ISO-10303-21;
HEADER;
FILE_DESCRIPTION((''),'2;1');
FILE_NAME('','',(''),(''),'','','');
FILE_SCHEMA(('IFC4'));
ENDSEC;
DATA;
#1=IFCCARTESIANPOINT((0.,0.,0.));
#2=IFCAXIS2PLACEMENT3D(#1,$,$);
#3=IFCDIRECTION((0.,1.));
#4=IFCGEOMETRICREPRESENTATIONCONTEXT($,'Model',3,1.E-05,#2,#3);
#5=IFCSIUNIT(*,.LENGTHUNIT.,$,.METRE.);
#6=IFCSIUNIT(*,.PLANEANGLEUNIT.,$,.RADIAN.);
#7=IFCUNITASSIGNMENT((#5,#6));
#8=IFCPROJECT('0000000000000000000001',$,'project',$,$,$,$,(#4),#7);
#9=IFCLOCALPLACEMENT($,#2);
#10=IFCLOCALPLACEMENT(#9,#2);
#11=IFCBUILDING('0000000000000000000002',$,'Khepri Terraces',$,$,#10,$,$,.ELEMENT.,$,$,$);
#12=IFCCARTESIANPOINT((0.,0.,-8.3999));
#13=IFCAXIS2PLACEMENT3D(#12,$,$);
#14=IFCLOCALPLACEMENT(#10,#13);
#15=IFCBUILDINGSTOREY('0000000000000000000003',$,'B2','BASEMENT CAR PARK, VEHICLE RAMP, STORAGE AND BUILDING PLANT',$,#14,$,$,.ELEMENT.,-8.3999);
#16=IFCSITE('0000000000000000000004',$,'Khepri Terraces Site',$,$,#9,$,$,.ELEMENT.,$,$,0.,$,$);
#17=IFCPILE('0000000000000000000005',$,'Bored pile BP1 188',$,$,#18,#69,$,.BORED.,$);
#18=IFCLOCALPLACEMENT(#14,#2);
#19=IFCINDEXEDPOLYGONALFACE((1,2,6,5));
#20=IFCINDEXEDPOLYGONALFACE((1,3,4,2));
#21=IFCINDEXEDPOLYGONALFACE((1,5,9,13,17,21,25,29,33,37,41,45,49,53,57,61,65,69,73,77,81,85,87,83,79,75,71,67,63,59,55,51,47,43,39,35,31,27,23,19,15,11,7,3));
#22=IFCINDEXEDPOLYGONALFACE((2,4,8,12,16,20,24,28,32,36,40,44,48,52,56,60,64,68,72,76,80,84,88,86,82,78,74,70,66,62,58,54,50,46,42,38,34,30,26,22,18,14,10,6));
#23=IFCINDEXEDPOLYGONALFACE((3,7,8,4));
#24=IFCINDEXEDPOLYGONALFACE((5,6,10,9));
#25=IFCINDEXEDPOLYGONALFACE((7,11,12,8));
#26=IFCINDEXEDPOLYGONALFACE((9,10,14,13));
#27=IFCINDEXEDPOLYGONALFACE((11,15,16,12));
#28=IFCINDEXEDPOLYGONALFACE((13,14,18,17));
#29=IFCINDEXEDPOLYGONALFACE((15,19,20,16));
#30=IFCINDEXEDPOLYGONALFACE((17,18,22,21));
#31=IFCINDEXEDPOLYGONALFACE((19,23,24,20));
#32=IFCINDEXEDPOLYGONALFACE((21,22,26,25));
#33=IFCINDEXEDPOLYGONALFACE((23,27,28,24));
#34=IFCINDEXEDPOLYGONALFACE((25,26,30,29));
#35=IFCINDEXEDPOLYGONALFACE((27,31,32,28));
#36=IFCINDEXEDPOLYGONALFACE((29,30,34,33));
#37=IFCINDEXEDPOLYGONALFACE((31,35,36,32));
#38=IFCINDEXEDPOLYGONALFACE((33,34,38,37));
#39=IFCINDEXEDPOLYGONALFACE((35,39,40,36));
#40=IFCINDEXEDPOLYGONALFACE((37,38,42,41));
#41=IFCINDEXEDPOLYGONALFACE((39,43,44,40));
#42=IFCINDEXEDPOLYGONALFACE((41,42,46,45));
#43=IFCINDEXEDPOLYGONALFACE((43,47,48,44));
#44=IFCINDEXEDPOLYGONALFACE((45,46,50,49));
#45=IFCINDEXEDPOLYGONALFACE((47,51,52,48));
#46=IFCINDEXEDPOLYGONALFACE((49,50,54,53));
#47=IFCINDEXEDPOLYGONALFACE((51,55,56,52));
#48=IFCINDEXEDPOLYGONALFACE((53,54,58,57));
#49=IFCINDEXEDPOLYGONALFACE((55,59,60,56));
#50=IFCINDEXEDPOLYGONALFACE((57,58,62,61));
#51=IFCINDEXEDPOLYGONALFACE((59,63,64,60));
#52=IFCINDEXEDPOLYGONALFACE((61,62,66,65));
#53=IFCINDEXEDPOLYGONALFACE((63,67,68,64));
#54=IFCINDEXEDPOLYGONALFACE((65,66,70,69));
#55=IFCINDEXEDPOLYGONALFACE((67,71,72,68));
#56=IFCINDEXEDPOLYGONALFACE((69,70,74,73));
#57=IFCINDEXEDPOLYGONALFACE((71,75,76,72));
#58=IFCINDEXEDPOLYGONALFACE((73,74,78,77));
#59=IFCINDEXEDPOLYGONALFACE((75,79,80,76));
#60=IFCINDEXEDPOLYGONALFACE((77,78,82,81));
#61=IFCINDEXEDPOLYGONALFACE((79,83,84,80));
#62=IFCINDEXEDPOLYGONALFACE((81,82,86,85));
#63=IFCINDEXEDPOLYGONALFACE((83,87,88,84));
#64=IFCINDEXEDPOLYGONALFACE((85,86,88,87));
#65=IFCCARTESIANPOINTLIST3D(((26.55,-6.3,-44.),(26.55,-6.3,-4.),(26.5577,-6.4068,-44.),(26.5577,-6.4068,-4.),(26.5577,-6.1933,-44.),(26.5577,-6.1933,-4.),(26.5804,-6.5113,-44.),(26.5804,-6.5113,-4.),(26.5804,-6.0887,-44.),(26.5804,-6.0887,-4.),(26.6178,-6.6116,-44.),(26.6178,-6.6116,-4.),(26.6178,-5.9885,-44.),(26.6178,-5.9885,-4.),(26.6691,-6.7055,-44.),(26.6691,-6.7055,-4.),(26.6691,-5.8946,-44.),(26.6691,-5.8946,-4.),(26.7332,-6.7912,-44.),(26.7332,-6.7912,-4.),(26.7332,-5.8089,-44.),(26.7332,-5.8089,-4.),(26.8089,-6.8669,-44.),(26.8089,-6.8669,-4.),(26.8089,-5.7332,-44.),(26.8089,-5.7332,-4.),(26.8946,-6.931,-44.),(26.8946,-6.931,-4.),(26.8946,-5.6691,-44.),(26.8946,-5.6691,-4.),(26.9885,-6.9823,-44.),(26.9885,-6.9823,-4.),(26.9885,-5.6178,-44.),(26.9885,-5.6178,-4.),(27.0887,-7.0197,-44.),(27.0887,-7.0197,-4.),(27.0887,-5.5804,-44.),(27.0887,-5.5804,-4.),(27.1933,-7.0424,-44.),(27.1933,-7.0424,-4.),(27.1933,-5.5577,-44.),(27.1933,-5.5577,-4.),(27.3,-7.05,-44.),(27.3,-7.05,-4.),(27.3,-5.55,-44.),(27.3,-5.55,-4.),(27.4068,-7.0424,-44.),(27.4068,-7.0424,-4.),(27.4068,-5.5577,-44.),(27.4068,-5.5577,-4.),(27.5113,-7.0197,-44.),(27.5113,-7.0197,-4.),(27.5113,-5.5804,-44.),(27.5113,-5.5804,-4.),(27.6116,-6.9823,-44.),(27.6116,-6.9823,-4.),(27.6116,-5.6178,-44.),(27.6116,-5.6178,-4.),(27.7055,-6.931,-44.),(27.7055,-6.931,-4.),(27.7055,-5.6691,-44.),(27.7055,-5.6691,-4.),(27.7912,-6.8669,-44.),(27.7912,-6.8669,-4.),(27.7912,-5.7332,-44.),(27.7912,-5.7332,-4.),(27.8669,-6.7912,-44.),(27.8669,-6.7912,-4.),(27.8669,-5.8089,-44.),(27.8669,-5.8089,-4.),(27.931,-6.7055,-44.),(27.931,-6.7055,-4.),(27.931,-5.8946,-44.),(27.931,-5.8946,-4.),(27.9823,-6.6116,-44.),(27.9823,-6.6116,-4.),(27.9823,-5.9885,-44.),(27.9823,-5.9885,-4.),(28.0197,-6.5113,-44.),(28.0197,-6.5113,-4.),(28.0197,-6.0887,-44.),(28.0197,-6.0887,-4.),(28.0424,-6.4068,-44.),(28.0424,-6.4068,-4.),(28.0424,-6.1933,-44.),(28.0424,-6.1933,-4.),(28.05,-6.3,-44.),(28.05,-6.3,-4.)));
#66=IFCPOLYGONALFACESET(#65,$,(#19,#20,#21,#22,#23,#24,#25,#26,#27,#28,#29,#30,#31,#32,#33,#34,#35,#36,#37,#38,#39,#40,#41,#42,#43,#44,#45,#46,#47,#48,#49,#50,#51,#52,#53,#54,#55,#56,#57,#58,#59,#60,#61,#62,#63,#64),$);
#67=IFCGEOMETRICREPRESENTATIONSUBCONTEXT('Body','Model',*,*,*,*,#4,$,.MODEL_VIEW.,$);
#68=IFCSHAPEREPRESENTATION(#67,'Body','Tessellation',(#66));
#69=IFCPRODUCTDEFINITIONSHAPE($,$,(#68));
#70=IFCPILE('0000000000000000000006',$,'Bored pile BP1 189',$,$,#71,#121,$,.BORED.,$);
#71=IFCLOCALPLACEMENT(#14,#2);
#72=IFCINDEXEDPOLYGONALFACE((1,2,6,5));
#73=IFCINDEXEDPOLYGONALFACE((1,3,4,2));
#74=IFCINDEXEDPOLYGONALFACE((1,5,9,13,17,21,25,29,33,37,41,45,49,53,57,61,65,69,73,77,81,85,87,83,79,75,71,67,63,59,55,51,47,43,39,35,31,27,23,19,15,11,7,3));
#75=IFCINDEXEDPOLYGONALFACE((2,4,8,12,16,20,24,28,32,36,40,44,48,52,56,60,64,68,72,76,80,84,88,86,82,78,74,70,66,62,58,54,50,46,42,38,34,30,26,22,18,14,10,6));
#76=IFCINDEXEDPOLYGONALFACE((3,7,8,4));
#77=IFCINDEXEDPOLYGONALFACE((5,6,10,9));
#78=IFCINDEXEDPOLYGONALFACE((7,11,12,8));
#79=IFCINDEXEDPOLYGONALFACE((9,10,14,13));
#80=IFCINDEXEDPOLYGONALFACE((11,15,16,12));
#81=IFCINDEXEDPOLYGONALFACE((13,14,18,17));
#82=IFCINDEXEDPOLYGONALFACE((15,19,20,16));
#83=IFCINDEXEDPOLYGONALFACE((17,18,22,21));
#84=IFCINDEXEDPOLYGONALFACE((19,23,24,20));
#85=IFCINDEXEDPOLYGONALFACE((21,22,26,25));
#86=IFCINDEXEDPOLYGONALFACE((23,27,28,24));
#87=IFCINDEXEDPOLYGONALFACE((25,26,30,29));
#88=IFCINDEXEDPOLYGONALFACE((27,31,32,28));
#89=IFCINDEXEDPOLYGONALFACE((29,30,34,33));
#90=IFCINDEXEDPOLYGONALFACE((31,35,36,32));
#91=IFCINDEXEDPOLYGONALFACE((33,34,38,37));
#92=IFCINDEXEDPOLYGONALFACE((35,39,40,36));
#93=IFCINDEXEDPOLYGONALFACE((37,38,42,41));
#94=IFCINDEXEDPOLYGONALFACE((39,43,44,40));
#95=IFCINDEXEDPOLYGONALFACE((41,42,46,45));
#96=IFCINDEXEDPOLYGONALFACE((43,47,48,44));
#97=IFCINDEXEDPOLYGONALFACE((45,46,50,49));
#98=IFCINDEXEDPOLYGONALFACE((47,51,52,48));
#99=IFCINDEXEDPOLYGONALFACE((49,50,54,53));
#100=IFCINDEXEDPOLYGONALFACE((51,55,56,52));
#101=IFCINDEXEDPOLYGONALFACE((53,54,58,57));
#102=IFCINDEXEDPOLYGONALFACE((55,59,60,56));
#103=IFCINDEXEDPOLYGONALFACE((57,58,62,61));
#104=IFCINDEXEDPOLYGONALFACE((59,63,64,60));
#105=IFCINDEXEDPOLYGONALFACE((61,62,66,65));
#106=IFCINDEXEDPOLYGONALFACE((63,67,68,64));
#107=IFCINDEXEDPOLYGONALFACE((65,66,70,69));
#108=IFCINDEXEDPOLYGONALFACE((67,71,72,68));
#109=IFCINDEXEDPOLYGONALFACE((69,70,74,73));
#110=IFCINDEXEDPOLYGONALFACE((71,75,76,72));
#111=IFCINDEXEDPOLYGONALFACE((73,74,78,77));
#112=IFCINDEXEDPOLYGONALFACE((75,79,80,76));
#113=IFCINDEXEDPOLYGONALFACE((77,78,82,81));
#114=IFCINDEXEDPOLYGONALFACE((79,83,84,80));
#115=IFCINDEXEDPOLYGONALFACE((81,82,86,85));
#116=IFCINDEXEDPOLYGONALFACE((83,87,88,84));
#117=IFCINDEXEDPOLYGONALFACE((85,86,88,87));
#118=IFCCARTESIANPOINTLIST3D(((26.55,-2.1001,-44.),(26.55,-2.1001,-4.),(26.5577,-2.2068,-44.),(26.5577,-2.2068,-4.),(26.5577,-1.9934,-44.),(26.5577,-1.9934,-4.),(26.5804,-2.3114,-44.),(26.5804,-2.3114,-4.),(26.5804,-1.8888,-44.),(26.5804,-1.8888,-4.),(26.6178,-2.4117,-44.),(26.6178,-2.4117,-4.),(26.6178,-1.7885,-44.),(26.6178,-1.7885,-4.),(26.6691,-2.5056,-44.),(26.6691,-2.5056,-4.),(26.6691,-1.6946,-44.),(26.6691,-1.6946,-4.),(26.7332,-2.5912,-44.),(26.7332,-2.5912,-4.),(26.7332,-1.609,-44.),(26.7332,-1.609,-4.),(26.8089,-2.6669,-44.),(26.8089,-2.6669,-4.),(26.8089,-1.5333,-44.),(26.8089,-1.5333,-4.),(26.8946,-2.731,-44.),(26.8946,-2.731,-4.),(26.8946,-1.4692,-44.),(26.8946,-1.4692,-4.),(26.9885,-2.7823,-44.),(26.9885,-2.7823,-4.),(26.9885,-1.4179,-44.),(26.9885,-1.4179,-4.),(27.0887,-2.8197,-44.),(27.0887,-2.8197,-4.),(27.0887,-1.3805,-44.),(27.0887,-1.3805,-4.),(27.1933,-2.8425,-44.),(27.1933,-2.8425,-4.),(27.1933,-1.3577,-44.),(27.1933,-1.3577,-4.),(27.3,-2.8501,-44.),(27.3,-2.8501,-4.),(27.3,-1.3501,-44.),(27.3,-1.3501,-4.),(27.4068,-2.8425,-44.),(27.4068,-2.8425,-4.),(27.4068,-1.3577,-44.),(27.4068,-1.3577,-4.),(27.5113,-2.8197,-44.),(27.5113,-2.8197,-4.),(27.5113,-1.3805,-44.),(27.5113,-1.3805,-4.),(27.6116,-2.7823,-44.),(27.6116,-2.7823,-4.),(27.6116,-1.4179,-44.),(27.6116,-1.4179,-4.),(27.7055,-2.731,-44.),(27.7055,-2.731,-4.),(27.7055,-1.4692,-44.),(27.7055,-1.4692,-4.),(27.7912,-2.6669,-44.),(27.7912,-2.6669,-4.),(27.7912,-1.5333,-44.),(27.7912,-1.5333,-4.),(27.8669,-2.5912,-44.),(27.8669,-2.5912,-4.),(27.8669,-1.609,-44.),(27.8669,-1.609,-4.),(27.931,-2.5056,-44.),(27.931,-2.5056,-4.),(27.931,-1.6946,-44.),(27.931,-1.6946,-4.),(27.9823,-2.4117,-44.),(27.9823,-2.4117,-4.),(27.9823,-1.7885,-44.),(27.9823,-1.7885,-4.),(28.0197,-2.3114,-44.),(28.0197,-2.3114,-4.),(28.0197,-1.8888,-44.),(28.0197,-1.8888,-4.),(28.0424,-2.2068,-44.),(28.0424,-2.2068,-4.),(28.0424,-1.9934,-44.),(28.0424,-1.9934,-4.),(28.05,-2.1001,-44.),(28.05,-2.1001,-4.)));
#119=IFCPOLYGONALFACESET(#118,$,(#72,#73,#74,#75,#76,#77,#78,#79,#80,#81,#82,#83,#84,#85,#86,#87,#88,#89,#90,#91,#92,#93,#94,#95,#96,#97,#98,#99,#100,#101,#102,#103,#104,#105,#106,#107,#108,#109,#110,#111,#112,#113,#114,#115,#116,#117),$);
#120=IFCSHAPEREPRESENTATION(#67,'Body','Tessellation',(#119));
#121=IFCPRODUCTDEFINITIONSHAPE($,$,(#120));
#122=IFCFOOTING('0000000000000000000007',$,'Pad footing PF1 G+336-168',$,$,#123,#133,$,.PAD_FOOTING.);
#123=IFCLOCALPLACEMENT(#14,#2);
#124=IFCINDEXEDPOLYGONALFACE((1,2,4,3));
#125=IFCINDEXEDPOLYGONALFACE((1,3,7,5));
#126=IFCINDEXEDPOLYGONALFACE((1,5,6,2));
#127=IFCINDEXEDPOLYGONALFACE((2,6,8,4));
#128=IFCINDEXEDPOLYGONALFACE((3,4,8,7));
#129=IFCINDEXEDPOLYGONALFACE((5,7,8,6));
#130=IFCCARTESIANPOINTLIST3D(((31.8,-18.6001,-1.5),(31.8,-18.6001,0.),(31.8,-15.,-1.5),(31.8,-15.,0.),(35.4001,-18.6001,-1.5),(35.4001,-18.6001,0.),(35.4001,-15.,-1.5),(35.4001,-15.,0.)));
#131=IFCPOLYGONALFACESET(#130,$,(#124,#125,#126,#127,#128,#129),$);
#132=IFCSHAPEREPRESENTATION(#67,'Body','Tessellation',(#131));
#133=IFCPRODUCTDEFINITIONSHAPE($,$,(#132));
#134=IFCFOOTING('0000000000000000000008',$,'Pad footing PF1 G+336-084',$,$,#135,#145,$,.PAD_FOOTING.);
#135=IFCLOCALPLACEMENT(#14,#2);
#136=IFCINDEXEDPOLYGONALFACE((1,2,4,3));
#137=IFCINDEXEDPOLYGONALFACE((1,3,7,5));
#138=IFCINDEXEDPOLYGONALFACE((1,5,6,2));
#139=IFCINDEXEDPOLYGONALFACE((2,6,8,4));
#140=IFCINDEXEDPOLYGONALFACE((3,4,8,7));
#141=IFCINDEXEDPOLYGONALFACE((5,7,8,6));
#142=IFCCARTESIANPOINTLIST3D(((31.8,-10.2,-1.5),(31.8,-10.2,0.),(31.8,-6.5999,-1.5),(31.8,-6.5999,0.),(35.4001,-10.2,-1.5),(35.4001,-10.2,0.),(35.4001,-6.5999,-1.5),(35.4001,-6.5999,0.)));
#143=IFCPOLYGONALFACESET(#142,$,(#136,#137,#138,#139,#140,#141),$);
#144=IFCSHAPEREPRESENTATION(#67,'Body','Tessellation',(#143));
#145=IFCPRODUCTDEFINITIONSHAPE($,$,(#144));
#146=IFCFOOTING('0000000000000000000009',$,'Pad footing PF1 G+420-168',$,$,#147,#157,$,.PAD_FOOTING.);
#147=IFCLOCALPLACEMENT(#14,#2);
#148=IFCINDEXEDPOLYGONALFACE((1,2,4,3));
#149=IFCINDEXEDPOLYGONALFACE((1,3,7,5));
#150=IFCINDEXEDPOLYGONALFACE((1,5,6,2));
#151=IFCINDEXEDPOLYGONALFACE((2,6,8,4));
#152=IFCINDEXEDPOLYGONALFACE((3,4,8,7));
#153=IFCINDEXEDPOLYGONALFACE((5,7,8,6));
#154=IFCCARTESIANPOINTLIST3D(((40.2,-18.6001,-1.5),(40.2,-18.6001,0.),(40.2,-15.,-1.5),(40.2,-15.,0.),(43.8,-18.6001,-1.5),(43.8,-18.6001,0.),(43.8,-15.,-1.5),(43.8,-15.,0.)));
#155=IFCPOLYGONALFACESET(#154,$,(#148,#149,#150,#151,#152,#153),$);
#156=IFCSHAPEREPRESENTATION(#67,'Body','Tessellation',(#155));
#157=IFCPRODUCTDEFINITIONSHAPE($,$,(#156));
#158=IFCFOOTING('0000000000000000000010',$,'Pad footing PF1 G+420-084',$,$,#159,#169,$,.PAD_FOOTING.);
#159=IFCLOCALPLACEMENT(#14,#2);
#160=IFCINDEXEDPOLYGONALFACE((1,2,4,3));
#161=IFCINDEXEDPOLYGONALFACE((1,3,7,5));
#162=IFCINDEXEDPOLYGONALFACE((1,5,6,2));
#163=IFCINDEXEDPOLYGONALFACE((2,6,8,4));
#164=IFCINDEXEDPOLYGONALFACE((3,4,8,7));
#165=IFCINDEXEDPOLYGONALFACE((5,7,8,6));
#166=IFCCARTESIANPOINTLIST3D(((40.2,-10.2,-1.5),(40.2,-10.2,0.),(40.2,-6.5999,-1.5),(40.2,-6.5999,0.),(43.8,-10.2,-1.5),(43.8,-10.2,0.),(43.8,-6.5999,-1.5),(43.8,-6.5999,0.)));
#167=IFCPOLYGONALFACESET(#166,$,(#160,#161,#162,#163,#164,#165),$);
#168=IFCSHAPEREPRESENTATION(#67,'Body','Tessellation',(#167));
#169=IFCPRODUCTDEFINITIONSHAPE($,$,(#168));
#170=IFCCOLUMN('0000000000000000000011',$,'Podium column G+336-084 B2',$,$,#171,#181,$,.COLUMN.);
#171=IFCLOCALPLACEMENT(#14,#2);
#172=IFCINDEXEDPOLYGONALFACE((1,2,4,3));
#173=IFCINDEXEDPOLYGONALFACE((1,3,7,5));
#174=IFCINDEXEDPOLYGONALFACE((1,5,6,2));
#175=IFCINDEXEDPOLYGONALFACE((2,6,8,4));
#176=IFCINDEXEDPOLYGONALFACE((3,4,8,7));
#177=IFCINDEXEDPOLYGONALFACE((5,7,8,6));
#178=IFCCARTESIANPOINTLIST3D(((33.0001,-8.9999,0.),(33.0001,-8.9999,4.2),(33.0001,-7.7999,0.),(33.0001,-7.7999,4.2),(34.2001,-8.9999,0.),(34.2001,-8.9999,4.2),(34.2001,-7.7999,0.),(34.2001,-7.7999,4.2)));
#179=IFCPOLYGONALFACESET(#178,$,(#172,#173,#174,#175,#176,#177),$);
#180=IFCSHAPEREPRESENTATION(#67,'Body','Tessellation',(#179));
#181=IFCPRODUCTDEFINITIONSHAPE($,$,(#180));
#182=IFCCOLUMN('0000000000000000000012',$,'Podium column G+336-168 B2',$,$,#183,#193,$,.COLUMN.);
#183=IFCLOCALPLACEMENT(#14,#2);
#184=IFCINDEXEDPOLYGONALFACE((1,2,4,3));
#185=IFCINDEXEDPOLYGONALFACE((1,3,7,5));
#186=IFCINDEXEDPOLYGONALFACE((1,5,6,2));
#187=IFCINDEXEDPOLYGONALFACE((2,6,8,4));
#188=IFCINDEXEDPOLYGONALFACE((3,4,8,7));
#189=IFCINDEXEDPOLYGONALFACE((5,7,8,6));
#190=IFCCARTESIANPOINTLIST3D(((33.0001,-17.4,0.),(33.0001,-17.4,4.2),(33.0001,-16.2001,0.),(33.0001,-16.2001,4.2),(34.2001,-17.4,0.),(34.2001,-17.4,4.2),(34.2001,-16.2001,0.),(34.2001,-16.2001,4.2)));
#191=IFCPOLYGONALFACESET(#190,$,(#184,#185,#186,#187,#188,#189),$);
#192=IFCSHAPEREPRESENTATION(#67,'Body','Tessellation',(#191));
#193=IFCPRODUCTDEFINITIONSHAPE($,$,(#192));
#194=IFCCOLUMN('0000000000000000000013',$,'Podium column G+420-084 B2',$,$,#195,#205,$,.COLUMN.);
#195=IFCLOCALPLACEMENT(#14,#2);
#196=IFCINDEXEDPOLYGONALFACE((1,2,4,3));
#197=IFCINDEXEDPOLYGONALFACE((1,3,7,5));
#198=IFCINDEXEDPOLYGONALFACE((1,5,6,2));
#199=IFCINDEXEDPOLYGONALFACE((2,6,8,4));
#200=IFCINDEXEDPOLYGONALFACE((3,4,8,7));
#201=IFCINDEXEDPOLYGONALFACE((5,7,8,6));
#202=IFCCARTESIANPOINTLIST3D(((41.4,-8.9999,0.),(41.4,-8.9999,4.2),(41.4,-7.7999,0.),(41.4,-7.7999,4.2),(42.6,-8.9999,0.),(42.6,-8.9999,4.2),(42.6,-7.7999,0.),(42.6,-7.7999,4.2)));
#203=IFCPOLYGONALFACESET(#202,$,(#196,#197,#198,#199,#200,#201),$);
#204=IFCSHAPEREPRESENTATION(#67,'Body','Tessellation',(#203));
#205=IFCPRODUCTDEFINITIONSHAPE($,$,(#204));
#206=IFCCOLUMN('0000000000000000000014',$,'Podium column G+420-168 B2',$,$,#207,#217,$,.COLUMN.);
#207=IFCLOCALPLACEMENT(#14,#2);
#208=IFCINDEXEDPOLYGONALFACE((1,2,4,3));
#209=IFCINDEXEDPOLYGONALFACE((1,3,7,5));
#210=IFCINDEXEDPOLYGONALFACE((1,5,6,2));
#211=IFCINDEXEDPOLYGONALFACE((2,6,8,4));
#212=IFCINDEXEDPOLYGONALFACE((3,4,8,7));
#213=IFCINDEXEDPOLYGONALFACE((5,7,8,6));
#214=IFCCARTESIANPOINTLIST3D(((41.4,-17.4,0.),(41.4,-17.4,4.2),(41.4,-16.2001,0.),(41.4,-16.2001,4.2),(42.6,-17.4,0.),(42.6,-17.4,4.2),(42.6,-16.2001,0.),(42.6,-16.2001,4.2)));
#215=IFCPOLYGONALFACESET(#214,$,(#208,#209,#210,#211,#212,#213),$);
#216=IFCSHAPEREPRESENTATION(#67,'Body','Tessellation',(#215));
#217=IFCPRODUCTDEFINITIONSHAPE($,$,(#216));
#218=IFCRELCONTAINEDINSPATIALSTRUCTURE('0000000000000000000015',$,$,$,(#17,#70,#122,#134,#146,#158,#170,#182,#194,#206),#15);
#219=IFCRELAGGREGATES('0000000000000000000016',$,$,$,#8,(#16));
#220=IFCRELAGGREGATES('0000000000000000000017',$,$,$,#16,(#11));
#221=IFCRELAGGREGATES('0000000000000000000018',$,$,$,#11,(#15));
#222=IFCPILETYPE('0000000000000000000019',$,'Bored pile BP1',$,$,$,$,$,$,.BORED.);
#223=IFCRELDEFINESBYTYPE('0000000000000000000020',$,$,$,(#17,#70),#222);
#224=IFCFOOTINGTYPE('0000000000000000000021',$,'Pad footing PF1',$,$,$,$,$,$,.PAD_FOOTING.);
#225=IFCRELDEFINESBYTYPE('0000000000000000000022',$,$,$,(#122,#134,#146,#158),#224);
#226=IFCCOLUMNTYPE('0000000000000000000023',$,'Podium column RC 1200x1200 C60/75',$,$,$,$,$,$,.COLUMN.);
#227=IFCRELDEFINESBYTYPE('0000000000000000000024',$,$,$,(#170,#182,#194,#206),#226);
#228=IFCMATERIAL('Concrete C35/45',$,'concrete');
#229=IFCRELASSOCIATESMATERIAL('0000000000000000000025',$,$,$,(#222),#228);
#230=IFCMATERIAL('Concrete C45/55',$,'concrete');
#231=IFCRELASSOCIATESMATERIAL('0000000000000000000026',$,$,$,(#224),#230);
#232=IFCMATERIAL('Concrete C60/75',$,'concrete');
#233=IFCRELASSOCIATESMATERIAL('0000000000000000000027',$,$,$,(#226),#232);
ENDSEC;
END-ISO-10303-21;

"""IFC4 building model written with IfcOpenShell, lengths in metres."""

from ifc_helpers import new_model, si_unit, direction, frame, origin, origin_2d, place, context, subcontext, project, spatial, rectangle, circle, extrude, material, material_profile, profile_set, type_object, element, save


model = new_model("IFC4")

# Units and contexts
model_context = context("Model", 3, precision=1e-05, world=origin(), true_north=direction((0.0, 1.0)))
body_context = subcontext(model_context, "Body", "Model", "MODEL_VIEW")
ifc_project = project(units=[si_unit("LENGTHUNIT", "METRE"), si_unit("PLANEANGLEUNIT", "RADIAN")], contexts=[model_context])

# Site, building, storey
site_placement = place(None, origin())
site = spatial("IfcSite", under=ifc_project, at=site_placement, Name="Khepri Terraces Site", CompositionType="ELEMENT", RefElevation=0.0)
building_placement = place(site_placement, origin())
building = spatial("IfcBuilding", under=site, at=building_placement, Name="Khepri Terraces", CompositionType="ELEMENT")
storey_placement = place(building_placement, frame((0.0, 0.0, -8.3999)))
storey = spatial("IfcBuildingStorey", under=building, at=storey_placement, Name="B2", Description="BASEMENT CAR PARK, VEHICLE RAMP, STORAGE AND BUILDING PLANT", CompositionType="ELEMENT", Elevation=-8.3999)

# Piles
ifc_material_1 = material(Name="Concrete C35/45", Category="concrete")
ifc_material_profile_1 = material_profile(ifc_material_1, circle(Radius=0.75, at=origin_2d()), Name="Concrete C35/45", Category="concrete")
ifc_profile_set_1 = profile_set([ifc_material_profile_1], Name="Concrete C35/45")
pile_type = type_object("IfcPileType", Name="Bored pile BP1", PredefinedType="BORED", material=ifc_profile_set_1)
for number, where, z_axis, x_axis, name in (
    (1, (27.3, -6.3, -4.0), (0.0, 0.0, -1.0), (1.0, 0.0, 0.0), "Bored pile BP1 188"),
    (2, (27.3, -2.1001, -4.0), (0.0, 0.0, -1.0), (1.0, 0.0, 0.0), "Bored pile BP1 189"),
):
    element("IfcPile", number, at=place(storey_placement, frame(where, z_axis=z_axis, x_axis=x_axis)), inside=storey, type_object=pile_type, Name=name, PredefinedType="BORED", context=body_context, shape_type="SweptSolid", body=[
        extrude(circle(Radius=0.75, at=origin_2d()), origin(), (0.0, 0.0, 1.0), 40.0),
    ])

# Footings
ifc_material_2 = material(Name="Concrete C45/55", Category="concrete")
footing_type = type_object("IfcFootingType", Name="Pad footing PF1", PredefinedType="PAD_FOOTING", material=ifc_material_2)
for number, where, z_axis, x_axis, name in (
    (3, (33.6001, -16.8, -1.5), (0.0, 0.0, 1.0), (1.0, 0.0, 0.0), "Pad footing PF1 G+336-168"),
    (4, (33.6001, -8.3999, -1.5), (0.0, 0.0, 1.0), (1.0, 0.0, 0.0), "Pad footing PF1 G+336-084"),
    (5, (42.0, -16.8, -1.5), (0.0, 0.0, 1.0), (1.0, 0.0, 0.0), "Pad footing PF1 G+420-168"),
    (6, (42.0, -8.3999, -1.5), (0.0, 0.0, 1.0), (1.0, 0.0, 0.0), "Pad footing PF1 G+420-084"),
):
    element("IfcFooting", number, at=place(storey_placement, frame(where, z_axis=z_axis, x_axis=x_axis)), inside=storey, type_object=footing_type, Name=name, PredefinedType="PAD_FOOTING", context=body_context, shape_type="SweptSolid", body=[
        extrude(rectangle(XDim=3.6001, YDim=3.6001, at=origin_2d()), origin(), (0.0, 0.0, 1.0), 1.5),
    ])

# Columns
ifc_material_3 = material(Name="Concrete C60/75", Category="concrete")
ifc_material_profile_2 = material_profile(ifc_material_3, rectangle(XDim=1.2, YDim=1.2, at=origin_2d()), Name="Concrete C60/75", Category="concrete")
ifc_profile_set_2 = profile_set([ifc_material_profile_2], Name="Concrete C60/75")
column_type_1 = type_object("IfcColumnType", Name="Podium column RC 1200x1200 C60/75", PredefinedType="COLUMN", material=ifc_profile_set_2)
for number, where, z_axis, x_axis, name in (
    (7, (33.6001, -8.3999, 0.0), (0.0, 0.0, 1.0), (1.0, 0.0, 0.0), "Podium column G+336-084 B2"),
    (8, (33.6001, -16.8, 0.0), (0.0, 0.0, 1.0), (1.0, 0.0, 0.0), "Podium column G+336-168 B2"),
    (9, (42.0, -8.3999, 0.0), (0.0, 0.0, 1.0), (1.0, 0.0, 0.0), "Podium column G+420-084 B2"),
    (10, (42.0, -16.8, 0.0), (0.0, 0.0, 1.0), (1.0, 0.0, 0.0), "Podium column G+420-168 B2"),
):
    element("IfcColumn", number, at=place(storey_placement, frame(where, z_axis=z_axis, x_axis=x_axis)), inside=storey, type_object=column_type_1, Name=name, PredefinedType="COLUMN", context=body_context, shape_type="SweptSolid", body=[
        extrude(rectangle(XDim=1.2, YDim=1.2, at=origin_2d()), origin(), (0.0, 0.0, 1.0), 4.2),
    ])

save(model, "model.ifc")
